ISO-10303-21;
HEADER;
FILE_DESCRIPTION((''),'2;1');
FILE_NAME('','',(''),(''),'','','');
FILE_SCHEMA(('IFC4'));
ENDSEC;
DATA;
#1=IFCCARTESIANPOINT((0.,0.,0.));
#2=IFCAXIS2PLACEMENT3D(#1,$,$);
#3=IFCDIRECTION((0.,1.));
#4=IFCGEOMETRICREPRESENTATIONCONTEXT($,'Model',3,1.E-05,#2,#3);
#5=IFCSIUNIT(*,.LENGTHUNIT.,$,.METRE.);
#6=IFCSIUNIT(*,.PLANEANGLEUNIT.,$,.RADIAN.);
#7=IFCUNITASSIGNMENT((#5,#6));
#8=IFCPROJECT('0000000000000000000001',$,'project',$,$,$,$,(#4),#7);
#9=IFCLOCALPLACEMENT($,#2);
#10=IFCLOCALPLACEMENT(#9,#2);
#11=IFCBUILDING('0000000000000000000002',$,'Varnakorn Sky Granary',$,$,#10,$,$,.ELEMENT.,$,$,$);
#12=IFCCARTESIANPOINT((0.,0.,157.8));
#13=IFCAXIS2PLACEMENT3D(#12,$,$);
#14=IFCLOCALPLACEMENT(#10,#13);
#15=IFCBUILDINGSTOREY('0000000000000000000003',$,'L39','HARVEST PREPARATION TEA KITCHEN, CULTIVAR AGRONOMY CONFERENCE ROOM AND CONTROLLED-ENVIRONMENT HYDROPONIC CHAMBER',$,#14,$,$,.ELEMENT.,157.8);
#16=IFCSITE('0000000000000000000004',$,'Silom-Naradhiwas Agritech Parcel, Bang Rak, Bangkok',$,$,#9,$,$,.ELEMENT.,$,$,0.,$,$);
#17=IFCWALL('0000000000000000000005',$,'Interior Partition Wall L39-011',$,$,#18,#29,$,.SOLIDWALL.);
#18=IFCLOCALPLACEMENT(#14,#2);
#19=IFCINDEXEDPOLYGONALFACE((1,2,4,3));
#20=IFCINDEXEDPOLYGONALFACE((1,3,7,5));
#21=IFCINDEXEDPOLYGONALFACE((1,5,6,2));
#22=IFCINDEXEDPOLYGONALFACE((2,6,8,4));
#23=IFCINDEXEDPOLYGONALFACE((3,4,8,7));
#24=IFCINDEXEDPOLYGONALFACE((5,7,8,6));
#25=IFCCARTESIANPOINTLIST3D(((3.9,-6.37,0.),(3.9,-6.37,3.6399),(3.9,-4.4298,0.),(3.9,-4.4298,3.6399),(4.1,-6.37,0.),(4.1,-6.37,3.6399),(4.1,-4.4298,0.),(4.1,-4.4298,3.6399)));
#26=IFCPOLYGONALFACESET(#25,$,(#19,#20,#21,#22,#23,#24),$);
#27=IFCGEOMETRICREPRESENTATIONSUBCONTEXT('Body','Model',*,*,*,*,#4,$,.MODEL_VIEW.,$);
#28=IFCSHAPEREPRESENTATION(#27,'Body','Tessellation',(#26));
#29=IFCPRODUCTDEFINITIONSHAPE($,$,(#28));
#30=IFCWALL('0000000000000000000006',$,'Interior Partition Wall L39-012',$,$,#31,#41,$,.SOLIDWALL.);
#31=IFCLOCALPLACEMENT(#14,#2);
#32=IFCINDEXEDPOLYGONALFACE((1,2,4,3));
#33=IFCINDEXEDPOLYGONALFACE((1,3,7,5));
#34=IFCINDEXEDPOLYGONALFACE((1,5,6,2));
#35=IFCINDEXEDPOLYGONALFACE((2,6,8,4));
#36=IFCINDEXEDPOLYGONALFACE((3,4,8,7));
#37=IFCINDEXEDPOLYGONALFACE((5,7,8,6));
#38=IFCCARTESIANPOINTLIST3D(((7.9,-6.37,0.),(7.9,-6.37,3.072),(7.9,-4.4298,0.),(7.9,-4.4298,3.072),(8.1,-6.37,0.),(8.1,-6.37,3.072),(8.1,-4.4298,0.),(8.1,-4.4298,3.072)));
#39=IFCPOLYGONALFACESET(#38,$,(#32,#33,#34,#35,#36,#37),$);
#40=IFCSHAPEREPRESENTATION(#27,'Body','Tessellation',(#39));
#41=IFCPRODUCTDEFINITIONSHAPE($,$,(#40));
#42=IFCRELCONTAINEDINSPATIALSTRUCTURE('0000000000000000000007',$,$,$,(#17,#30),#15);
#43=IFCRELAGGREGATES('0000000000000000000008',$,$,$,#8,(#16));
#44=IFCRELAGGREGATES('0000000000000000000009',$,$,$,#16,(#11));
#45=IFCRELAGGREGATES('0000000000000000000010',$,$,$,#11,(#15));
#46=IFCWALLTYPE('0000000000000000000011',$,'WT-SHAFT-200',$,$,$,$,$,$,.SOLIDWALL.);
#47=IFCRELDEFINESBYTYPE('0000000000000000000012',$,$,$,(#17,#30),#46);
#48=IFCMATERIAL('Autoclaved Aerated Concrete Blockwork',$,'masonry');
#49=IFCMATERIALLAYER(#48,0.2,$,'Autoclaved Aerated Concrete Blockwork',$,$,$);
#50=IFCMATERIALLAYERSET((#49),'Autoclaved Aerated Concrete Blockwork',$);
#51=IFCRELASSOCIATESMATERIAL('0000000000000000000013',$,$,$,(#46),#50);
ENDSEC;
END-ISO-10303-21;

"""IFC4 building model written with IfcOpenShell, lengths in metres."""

from ifc_helpers import new_model, si_unit, direction, frame, frame_2d, origin, place, context, subcontext, project, spatial, rectangle, extrude, material, layer, layer_set, type_object, element, save


model = new_model("IFC4")

# Units and contexts
model_context = context("Model", 3, precision=1e-05, world=origin(), true_north=direction((0.0, 1.0)))
body_context = subcontext(model_context, "Body", "Model", "MODEL_VIEW")
ifc_project = project(units=[si_unit("LENGTHUNIT", "METRE"), si_unit("PLANEANGLEUNIT", "RADIAN")], contexts=[model_context])

# Site, building, storey
site_placement = place(None, origin())
site = spatial("IfcSite", under=ifc_project, at=site_placement, Name="Silom-Naradhiwas Agritech Parcel, Bang Rak, Bangkok", CompositionType="ELEMENT", RefElevation=0.0)
building_placement = place(site_placement, origin())
building = spatial("IfcBuilding", under=site, at=building_placement, Name="Varnakorn Sky Granary", CompositionType="ELEMENT")
storey_placement = place(building_placement, frame((0.0, 0.0, 157.8)))
storey = spatial("IfcBuildingStorey", under=building, at=storey_placement, Name="L39", Description="HARVEST PREPARATION TEA KITCHEN, CULTIVAR AGRONOMY CONFERENCE ROOM AND CONTROLLED-ENVIRONMENT HYDROPONIC CHAMBER", CompositionType="ELEMENT", Elevation=157.8)

# Shared definitions
ifc_material_1 = material(Name="Autoclaved Aerated Concrete Blockwork", Category="masonry")

# Walls
ifc_layer_1 = layer(ifc_material_1, 0.2, Name="Autoclaved Aerated Concrete Blockwork")
ifc_layer_set_1 = layer_set([ifc_layer_1], Name="Autoclaved Aerated Concrete Blockwork")
wall_type_1 = type_object("IfcWallType", Name="WT-SHAFT-200", PredefinedType="SOLIDWALL", material=ifc_layer_set_1)
wall_1_placement = place(storey_placement, frame((4.0, -6.3701, 0.0), z_axis=(0.0, 0.0, 1.0), x_axis=(0.0, 1.0, 0.0)))
element("IfcWall", 1, at=wall_1_placement, inside=storey, type_object=wall_type_1, Name="Interior Partition Wall L39-011", PredefinedType="SOLIDWALL", context=body_context, shape_type="SweptSolid", body=[
    extrude(rectangle(XDim=1.9402, YDim=0.2, at=frame_2d((0.9702, 0.0))), origin(), (0.0, 0.0, 1.0), 3.6399),
])
wall_2_placement = place(storey_placement, frame((8.0, -6.3701, 0.0), z_axis=(0.0, 0.0, 1.0), x_axis=(0.0, 1.0, 0.0)))
element("IfcWall", 2, at=wall_2_placement, inside=storey, type_object=wall_type_1, Name="Interior Partition Wall L39-012", PredefinedType="SOLIDWALL", context=body_context, shape_type="SweptSolid", body=[
    extrude(rectangle(XDim=1.9402, YDim=0.2, at=frame_2d((0.9702, 0.0))), origin(), (0.0, 0.0, 1.0), 3.072),
])

save(model, "model.ifc")
